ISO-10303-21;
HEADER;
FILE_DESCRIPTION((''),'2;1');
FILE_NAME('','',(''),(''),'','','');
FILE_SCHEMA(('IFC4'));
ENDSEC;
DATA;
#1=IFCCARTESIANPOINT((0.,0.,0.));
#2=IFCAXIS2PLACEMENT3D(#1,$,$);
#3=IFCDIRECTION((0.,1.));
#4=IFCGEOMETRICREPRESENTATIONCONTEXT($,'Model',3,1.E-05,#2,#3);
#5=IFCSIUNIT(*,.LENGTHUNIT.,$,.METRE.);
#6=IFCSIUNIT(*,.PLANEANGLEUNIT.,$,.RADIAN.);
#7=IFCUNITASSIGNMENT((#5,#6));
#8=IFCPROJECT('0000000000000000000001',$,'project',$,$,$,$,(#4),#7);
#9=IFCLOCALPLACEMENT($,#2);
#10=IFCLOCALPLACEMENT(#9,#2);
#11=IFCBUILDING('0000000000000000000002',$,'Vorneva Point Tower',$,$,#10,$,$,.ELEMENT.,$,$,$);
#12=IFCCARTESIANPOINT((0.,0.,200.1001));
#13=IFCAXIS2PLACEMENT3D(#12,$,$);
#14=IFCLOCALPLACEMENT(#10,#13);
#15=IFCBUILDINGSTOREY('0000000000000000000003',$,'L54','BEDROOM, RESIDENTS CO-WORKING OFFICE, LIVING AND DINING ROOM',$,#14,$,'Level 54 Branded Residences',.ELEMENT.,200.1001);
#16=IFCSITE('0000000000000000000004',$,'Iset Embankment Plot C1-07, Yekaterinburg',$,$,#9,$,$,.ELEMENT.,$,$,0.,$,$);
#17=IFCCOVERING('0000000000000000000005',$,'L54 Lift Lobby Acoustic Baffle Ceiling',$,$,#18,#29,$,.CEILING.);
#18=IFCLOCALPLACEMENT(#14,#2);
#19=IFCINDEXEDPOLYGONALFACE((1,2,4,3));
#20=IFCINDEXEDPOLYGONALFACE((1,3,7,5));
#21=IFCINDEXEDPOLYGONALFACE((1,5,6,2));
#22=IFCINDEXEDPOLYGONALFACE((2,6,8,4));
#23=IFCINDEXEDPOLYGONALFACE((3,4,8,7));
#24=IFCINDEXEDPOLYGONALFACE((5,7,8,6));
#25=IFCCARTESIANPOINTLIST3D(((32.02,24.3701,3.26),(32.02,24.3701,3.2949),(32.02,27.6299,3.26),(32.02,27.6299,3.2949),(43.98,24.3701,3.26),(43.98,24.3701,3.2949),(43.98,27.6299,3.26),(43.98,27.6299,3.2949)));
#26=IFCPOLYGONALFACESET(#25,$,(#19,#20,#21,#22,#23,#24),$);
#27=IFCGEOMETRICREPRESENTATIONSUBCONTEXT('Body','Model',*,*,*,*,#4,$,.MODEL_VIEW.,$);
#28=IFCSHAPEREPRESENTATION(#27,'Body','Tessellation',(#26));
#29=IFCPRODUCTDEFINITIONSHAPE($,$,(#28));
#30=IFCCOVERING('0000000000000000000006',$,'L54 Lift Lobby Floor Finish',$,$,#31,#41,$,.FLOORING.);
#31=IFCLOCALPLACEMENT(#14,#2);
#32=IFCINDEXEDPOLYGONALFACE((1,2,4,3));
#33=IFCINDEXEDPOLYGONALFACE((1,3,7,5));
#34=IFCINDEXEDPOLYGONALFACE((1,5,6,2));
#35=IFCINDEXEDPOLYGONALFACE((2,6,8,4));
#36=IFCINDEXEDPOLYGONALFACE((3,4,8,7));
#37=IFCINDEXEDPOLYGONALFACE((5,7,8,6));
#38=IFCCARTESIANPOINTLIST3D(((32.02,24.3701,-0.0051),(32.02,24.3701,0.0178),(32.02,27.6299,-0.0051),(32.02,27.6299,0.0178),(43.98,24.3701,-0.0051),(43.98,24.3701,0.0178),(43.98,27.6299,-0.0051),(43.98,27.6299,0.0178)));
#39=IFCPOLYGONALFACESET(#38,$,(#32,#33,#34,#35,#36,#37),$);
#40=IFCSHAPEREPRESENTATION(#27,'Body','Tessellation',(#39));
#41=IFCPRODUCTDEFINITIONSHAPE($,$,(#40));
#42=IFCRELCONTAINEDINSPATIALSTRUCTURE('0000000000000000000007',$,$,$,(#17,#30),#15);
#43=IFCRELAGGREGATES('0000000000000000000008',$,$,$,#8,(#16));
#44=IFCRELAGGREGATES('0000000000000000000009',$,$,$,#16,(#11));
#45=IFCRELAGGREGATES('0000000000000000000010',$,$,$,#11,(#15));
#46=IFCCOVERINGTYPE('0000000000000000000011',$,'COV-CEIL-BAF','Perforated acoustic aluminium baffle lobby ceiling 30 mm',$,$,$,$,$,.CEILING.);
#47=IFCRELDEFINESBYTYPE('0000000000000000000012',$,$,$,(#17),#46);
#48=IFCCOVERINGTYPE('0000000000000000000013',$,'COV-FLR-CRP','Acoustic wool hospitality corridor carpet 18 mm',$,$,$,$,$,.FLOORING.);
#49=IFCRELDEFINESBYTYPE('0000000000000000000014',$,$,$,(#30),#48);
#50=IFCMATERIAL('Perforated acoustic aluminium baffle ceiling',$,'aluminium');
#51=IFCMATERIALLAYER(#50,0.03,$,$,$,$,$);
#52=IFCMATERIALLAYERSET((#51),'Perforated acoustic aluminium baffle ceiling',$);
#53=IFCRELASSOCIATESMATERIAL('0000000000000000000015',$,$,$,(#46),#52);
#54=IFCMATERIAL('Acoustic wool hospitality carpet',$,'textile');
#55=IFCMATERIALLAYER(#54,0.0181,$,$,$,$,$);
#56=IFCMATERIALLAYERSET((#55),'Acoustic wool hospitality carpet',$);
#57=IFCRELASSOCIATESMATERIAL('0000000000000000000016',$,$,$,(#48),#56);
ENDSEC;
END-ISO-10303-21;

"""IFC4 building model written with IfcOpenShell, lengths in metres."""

from ifc_helpers import new_model, si_unit, direction, frame, origin, place, context, subcontext, project, spatial, polyline, outline, extrude, material, layer, layer_set, type_object, element, save


model = new_model("IFC4")

# Units and contexts
model_context = context("Model", 3, precision=1e-05, world=origin(), true_north=direction((0.0, 1.0)))
body_context = subcontext(model_context, "Body", "Model", "MODEL_VIEW")
ifc_project = project(units=[si_unit("LENGTHUNIT", "METRE"), si_unit("PLANEANGLEUNIT", "RADIAN")], contexts=[model_context])

# Site, building, storey
site_placement = place(None, origin())
site = spatial("IfcSite", under=ifc_project, at=site_placement, Name="Iset Embankment Plot C1-07, Yekaterinburg", CompositionType="ELEMENT", RefElevation=0.0)
building_placement = place(site_placement, origin())
building = spatial("IfcBuilding", under=site, at=building_placement, Name="Vorneva Point Tower", CompositionType="ELEMENT")
storey_placement = place(building_placement, frame((0.0, 0.0, 200.1001)))
storey = spatial("IfcBuildingStorey", under=building, at=storey_placement, Name="L54", Description="BEDROOM, RESIDENTS CO-WORKING OFFICE, LIVING AND DINING ROOM", LongName="Level 54 Branded Residences", CompositionType="ELEMENT", Elevation=200.1001)

# Coverings
ifc_material_1 = material(Name="Perforated acoustic aluminium baffle ceiling", Category="aluminium")
ifc_layer_1 = layer(ifc_material_1, 0.03)
ifc_layer_set_1 = layer_set([ifc_layer_1], Name="Perforated acoustic aluminium baffle ceiling")
covering_type_1 = type_object("IfcCoveringType", Name="COV-CEIL-BAF", Description="Perforated acoustic aluminium baffle lobby ceiling 30 mm", PredefinedType="CEILING", material=ifc_layer_set_1)
covering_1_placement = place(storey_placement, frame((0.0, 0.0, 3.26)))
element("IfcCovering", 1, at=covering_1_placement, inside=storey, type_object=covering_type_1, Name="L54 Lift Lobby Acoustic Baffle Ceiling", PredefinedType="CEILING", context=body_context, shape_type="SweptSolid", body=[
    extrude(outline(polyline([(32.02, 24.3701), (43.98, 24.3701), (43.98, 27.6299), (32.02, 27.6299), (32.02, 24.3701)])), origin(), (0.0, 0.0, 1.0), 0.0349),
])
ifc_material_2 = material(Name="Acoustic wool hospitality carpet", Category="textile")
ifc_layer_2 = layer(ifc_material_2, 0.0181)
ifc_layer_set_2 = layer_set([ifc_layer_2], Name="Acoustic wool hospitality carpet")
covering_type_2 = type_object("IfcCoveringType", Name="COV-FLR-CRP", Description="Acoustic wool hospitality corridor carpet 18 mm", PredefinedType="FLOORING", material=ifc_layer_set_2)
covering_2_placement = place(storey_placement, frame((0.0, 0.0, -0.0051)))
element("IfcCovering", 2, at=covering_2_placement, inside=storey, type_object=covering_type_2, Name="L54 Lift Lobby Floor Finish", PredefinedType="FLOORING", context=body_context, shape_type="SweptSolid", body=[
    extrude(outline(polyline([(32.02, 24.3701), (43.98, 24.3701), (43.98, 27.6299), (32.02, 27.6299), (32.02, 24.3701)])), origin(), (0.0, 0.0, 1.0), 0.0229),
])

save(model, "model.ifc")
